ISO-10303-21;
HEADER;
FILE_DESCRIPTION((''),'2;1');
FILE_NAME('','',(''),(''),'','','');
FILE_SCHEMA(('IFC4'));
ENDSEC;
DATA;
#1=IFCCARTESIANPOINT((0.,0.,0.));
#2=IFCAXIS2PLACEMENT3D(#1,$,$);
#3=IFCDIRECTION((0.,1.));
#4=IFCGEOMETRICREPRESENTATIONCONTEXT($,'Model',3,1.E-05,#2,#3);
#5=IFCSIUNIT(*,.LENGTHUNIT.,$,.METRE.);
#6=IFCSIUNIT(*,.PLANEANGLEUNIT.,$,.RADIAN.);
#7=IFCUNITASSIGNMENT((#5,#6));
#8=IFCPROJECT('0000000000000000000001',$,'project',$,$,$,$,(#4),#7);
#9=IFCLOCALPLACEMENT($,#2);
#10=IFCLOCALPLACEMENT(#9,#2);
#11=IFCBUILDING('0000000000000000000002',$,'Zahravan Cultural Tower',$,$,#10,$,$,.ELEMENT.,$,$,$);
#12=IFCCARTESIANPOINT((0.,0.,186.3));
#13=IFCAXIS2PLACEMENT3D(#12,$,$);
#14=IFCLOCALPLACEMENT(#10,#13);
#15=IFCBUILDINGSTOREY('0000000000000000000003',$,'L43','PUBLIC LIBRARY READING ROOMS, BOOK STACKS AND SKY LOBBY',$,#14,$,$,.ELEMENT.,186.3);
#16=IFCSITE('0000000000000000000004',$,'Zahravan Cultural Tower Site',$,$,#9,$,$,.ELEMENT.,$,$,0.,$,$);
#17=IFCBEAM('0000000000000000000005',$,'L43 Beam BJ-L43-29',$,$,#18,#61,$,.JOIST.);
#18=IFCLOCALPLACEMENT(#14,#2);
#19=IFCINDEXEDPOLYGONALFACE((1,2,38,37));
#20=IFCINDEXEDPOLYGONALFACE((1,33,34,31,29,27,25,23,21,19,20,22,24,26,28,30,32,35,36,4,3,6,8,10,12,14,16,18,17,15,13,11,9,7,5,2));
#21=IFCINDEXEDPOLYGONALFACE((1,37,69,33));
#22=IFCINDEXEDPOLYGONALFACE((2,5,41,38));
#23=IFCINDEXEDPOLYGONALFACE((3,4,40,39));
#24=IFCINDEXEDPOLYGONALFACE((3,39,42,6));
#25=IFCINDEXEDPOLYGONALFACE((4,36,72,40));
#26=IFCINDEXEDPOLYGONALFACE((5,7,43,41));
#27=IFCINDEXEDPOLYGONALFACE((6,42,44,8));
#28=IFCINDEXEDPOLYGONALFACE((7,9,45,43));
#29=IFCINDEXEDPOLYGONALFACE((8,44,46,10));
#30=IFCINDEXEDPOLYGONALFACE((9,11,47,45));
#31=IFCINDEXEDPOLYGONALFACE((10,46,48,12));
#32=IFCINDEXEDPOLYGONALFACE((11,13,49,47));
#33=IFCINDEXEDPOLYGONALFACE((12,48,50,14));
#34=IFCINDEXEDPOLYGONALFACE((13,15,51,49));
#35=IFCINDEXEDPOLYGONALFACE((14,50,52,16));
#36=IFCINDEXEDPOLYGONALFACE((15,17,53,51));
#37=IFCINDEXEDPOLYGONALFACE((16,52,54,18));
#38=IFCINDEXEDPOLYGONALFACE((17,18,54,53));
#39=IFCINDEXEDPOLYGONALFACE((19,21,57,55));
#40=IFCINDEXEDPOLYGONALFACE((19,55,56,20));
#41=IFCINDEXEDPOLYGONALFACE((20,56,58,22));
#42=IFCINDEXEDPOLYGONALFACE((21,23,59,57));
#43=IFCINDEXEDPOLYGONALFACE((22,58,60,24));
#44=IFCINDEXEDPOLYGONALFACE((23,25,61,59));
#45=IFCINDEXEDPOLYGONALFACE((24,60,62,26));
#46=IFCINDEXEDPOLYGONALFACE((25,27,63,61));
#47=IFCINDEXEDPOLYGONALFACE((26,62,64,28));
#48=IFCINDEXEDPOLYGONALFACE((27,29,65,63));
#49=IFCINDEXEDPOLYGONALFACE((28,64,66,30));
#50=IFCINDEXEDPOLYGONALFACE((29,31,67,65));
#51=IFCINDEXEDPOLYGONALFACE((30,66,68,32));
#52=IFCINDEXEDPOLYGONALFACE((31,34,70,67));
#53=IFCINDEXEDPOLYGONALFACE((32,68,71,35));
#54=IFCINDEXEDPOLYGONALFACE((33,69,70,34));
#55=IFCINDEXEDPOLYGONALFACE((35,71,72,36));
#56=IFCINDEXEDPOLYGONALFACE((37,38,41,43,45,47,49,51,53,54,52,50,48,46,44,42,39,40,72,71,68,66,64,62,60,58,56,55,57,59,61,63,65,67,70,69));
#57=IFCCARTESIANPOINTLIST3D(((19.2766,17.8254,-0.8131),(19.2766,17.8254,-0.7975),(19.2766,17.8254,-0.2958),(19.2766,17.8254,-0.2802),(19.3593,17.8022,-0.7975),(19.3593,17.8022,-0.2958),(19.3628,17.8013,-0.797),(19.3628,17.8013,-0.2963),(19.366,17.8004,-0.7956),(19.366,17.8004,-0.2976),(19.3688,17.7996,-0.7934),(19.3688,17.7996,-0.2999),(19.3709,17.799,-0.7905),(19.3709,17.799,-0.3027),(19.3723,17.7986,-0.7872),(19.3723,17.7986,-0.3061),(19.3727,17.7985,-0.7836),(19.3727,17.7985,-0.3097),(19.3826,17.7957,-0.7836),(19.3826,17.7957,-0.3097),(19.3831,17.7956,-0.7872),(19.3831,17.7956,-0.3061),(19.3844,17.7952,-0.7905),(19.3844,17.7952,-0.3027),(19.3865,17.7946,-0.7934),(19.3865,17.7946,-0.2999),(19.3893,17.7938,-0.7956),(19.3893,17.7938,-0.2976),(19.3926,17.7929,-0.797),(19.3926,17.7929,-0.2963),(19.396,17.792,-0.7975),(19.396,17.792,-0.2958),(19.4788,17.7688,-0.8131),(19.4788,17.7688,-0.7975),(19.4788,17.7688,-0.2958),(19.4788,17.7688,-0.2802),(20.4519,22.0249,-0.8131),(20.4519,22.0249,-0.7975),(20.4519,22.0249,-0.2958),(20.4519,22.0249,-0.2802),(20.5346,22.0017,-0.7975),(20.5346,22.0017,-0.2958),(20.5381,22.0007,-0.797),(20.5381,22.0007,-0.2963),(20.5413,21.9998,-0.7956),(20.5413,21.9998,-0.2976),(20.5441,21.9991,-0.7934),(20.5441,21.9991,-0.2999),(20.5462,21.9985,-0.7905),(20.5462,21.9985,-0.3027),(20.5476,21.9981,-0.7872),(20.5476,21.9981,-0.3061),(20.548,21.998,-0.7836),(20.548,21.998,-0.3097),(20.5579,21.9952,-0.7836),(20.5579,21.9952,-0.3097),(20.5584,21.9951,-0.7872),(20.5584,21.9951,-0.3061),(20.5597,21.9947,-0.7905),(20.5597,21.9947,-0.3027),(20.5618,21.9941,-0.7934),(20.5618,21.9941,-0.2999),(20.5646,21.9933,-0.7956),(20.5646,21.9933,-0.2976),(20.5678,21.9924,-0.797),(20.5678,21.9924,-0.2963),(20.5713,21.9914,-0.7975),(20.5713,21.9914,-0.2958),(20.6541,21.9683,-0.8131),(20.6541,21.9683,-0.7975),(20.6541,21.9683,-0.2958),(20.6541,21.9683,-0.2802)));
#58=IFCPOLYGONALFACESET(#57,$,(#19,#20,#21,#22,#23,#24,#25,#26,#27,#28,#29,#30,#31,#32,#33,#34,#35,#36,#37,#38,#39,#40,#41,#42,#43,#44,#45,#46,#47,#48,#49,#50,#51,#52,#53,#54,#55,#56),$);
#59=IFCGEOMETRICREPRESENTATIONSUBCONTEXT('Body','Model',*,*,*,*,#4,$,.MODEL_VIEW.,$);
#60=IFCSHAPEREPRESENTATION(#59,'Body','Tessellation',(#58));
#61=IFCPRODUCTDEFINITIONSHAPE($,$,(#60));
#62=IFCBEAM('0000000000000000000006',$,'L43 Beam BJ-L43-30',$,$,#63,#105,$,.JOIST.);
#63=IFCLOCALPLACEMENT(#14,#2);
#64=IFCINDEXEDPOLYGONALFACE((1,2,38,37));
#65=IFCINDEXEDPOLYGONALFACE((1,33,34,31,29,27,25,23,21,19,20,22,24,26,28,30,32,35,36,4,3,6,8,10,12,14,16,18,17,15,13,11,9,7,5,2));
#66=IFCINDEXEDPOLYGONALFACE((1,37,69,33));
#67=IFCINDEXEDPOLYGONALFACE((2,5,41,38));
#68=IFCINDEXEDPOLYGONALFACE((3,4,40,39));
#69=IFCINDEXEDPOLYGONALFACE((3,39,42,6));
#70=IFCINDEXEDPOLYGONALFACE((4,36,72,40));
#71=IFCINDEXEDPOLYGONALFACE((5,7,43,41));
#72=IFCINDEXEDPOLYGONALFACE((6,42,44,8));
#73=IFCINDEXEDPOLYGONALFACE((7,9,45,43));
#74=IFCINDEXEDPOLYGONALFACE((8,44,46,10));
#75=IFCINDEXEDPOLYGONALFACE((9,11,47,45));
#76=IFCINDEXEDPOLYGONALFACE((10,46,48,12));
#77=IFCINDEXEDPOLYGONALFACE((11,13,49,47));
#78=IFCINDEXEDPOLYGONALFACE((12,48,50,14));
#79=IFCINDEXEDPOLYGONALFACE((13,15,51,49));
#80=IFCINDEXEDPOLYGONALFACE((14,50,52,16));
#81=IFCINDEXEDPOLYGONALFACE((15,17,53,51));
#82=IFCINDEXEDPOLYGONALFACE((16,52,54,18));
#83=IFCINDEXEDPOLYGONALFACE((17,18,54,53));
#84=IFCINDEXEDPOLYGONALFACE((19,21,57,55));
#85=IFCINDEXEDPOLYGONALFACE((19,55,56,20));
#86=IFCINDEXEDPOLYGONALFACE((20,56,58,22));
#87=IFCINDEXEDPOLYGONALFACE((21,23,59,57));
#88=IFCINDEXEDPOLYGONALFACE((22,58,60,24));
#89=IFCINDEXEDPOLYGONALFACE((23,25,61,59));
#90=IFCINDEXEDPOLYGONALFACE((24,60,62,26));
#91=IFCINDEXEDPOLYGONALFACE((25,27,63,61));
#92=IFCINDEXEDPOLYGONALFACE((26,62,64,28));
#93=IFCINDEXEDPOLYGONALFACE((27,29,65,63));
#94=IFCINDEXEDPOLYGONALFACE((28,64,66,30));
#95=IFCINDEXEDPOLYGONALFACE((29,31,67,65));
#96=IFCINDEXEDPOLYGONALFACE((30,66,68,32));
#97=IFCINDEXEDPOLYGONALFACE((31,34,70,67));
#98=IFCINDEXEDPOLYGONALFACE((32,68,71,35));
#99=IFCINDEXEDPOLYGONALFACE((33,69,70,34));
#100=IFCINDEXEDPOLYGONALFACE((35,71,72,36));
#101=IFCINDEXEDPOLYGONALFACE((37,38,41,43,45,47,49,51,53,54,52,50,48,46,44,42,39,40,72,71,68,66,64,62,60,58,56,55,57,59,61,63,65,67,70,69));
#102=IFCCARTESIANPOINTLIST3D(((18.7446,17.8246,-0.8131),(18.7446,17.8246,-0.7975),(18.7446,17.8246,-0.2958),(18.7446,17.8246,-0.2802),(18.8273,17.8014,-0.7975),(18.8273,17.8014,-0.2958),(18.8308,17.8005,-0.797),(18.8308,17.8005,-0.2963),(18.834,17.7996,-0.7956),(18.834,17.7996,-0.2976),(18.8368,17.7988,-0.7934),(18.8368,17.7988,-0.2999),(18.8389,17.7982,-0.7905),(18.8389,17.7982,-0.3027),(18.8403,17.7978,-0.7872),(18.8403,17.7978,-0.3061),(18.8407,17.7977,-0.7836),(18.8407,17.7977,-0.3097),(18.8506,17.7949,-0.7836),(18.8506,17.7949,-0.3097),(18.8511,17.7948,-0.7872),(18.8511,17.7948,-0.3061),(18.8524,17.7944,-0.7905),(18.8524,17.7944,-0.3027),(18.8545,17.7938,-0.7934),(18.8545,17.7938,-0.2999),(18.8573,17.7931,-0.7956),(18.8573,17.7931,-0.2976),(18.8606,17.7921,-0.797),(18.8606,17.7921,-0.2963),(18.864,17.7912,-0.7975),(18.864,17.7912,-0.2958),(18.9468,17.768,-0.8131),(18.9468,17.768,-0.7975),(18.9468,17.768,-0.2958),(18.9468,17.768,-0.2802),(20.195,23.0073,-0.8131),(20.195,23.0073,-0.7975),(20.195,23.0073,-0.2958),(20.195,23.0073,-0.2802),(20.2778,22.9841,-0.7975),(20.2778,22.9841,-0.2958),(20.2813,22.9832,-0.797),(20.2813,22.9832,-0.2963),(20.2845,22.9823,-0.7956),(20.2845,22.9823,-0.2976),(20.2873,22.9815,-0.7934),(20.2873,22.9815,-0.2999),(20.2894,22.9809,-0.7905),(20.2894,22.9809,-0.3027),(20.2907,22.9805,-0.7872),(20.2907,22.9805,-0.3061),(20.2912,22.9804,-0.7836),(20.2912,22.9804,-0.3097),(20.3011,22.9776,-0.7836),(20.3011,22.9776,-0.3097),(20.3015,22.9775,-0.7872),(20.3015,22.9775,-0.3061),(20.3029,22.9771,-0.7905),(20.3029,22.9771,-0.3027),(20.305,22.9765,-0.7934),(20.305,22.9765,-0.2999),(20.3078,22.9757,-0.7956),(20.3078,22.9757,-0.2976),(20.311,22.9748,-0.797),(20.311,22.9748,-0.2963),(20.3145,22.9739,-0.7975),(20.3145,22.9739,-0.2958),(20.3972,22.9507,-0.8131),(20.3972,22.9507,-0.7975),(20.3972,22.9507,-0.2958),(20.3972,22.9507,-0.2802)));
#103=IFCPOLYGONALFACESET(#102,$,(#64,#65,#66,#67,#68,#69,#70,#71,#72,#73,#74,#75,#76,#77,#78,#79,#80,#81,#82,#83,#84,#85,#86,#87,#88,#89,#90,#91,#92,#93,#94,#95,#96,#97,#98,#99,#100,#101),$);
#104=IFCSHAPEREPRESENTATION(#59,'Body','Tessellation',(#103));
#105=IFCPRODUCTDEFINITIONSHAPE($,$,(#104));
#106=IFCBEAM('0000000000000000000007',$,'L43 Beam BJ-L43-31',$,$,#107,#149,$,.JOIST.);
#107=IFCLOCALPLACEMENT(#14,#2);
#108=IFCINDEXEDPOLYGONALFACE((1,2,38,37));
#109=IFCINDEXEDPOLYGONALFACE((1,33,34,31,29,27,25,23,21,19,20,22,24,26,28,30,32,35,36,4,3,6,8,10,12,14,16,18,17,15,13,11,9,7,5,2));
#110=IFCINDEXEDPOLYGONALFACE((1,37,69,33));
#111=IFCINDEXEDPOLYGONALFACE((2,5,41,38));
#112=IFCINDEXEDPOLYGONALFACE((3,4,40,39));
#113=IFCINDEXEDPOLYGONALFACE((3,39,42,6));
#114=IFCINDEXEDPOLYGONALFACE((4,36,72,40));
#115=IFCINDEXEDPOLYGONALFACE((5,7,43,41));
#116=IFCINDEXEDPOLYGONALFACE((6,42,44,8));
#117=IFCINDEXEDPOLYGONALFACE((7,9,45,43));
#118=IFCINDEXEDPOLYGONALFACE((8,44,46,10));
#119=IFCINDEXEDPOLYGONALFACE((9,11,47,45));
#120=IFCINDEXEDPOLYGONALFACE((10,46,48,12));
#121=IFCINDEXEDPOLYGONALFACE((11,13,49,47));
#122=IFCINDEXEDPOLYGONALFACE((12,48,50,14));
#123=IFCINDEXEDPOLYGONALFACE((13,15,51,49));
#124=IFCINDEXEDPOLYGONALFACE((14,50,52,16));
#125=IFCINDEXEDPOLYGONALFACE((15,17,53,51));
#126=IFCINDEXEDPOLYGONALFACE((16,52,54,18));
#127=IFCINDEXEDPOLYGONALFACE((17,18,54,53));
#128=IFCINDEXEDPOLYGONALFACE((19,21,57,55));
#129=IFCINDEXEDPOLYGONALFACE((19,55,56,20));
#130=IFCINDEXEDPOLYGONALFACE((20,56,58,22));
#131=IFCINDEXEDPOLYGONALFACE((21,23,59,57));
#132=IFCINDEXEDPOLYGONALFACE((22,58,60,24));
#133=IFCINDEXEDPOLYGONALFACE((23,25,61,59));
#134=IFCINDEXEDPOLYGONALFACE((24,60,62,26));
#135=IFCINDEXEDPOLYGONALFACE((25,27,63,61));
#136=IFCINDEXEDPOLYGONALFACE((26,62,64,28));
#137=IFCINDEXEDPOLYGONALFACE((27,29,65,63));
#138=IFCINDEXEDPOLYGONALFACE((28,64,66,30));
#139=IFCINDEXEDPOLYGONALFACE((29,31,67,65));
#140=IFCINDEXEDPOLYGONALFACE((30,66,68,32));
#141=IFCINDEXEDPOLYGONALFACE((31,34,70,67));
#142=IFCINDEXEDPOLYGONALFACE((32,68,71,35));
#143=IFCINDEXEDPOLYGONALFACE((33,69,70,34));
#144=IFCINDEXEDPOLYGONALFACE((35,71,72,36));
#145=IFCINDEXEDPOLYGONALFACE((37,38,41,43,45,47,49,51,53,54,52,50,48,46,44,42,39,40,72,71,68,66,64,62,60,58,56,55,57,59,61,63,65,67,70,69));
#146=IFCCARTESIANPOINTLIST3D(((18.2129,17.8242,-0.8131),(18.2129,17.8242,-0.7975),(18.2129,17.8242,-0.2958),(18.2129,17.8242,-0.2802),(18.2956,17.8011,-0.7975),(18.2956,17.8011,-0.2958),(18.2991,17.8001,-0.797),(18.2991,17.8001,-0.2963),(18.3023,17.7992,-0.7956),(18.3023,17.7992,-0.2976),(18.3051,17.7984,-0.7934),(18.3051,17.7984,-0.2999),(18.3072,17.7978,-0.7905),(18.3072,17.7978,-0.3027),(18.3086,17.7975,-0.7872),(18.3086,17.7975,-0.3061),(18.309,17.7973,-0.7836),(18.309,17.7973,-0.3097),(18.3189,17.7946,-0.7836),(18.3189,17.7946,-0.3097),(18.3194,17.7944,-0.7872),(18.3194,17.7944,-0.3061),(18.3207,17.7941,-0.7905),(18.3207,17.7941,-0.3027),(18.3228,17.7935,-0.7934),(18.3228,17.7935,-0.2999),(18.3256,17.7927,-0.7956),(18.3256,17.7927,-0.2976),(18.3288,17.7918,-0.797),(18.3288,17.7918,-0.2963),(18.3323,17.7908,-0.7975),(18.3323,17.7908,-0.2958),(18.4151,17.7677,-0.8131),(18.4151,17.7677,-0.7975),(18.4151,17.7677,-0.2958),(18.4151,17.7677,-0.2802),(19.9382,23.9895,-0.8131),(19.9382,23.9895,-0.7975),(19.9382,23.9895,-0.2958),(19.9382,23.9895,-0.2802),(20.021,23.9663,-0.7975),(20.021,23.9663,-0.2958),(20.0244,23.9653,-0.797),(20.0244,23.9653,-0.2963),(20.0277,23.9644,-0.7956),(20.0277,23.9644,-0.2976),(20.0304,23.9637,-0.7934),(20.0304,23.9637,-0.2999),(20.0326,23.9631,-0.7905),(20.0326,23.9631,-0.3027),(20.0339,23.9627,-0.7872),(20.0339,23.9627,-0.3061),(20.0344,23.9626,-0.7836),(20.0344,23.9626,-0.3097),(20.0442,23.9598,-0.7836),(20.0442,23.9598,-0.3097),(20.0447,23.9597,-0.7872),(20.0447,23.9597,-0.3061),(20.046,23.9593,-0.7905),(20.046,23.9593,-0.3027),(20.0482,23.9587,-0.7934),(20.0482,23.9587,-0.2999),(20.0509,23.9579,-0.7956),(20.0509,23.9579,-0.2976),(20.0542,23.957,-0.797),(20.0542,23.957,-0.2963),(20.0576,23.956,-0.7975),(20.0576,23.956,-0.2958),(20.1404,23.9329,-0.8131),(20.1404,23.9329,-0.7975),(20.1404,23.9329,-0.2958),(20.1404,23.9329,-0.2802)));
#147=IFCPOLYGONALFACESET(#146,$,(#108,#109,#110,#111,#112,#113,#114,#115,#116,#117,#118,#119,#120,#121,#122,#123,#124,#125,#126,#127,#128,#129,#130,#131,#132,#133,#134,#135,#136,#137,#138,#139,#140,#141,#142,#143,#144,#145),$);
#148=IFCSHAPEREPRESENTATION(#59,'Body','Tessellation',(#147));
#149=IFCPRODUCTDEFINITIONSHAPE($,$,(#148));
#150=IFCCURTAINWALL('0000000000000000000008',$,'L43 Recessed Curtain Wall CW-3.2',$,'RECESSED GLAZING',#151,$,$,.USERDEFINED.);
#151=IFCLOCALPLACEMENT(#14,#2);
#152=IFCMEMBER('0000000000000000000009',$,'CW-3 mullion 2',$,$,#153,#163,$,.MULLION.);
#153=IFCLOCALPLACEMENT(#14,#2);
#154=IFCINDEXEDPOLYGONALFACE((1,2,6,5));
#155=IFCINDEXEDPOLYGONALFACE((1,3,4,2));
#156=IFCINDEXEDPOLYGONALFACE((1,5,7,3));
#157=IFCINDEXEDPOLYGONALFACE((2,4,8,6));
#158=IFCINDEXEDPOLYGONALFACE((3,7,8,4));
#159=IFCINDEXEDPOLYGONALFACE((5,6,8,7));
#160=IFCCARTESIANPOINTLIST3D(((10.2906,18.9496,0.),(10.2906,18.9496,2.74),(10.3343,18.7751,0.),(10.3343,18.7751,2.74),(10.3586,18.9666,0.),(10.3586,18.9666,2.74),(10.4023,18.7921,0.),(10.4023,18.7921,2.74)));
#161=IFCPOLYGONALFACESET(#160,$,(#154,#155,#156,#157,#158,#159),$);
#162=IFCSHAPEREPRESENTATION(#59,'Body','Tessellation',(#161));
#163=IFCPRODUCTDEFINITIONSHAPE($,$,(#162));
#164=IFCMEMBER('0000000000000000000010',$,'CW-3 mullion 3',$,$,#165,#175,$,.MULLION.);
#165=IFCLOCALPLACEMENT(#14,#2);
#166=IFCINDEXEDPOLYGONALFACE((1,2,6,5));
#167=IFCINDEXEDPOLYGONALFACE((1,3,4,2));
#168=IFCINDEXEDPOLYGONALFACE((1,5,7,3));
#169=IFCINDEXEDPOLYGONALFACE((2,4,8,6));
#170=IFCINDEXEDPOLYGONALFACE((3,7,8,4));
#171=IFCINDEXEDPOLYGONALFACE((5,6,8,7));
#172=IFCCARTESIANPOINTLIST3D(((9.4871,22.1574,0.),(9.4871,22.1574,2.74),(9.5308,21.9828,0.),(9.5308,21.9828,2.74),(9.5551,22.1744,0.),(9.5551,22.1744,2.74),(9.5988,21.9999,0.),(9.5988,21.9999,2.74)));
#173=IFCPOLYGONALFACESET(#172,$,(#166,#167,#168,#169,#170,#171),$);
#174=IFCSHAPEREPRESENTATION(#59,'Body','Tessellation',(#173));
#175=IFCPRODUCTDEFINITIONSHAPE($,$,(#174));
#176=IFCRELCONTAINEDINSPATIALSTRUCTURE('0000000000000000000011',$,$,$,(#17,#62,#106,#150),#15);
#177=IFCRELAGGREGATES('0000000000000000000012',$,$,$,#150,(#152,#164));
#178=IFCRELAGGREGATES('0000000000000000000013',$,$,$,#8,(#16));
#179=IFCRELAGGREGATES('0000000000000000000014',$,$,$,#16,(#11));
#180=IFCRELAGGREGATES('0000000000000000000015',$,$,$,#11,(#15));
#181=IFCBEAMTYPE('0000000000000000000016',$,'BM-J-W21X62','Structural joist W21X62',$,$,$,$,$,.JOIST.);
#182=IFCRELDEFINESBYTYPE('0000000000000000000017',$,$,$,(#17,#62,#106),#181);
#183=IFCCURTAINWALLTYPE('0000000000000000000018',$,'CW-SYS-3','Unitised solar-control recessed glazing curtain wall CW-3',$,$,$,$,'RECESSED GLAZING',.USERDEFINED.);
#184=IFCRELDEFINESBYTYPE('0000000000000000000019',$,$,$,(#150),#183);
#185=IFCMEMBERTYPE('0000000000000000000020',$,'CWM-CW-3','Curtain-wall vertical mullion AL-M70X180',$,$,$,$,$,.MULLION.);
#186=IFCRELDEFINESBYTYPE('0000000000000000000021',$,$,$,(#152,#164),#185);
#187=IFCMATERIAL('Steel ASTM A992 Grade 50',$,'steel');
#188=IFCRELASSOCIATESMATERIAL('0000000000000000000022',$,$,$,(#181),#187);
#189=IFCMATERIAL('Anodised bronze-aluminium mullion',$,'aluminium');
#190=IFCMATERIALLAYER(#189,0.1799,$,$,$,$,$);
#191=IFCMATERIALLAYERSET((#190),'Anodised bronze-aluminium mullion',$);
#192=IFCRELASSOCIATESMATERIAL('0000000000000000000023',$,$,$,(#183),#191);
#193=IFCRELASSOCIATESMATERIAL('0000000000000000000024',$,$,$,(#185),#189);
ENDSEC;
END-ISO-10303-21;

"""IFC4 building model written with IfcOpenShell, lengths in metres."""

from ifc_helpers import new_model, si_unit, direction, frame, origin, origin_2d, place, context, subcontext, project, spatial, rectangle, i_section, extrude, source, transform, mapped, material, layer, layer_set, material_profile, profile_set, type_object, element, aggregate, save


model = new_model("IFC4")

# Units and contexts
model_context = context("Model", 3, precision=1e-05, world=origin(), true_north=direction((0.0, 1.0)))
body_context = subcontext(model_context, "Body", "Model", "MODEL_VIEW")
ifc_project = project(units=[si_unit("LENGTHUNIT", "METRE"), si_unit("PLANEANGLEUNIT", "RADIAN")], contexts=[model_context])

# Site, building, storey
site_placement = place(None, origin())
site = spatial("IfcSite", under=ifc_project, at=site_placement, Name="Zahravan Cultural Tower Site", CompositionType="ELEMENT", RefElevation=0.0)
building_placement = place(site_placement, origin())
building = spatial("IfcBuilding", under=site, at=building_placement, Name="Zahravan Cultural Tower", CompositionType="ELEMENT")
storey_placement = place(building_placement, frame((0.0, 0.0, 186.3)))
storey = spatial("IfcBuildingStorey", under=building, at=storey_placement, Name="L43", Description="PUBLIC LIBRARY READING ROOMS, BOOK STACKS AND SKY LOBBY", CompositionType="ELEMENT", Elevation=186.3)

# Shared definitions
ifc_material_1 = material(Name="Steel ASTM A992 Grade 50", Category="steel")

# Beams
ifc_material_profile_1 = material_profile(ifc_material_1, i_section(OverallWidth=0.21, OverallDepth=0.533, WebThickness=0.0103, FlangeThickness=0.0156, FilletRadius=0.0139, at=origin_2d()), Name="W21X62")
ifc_profile_set_1 = profile_set([ifc_material_profile_1], Name="Steel ASTM A992 Grade 50")
beam_type = type_object("IfcBeamType", Name="BM-J-W21X62", Description="Structural joist W21X62", PredefinedType="JOIST", material=ifc_profile_set_1)
shared_shape_1 = source(origin(), body_context, "Body", "SweptSolid", [
    extrude(i_section(OverallWidth=0.21, OverallDepth=0.533, WebThickness=0.0103, FlangeThickness=0.0156, FilletRadius=0.0139, at=origin_2d()), origin(), (0.0, 0.0, 1.0), 4.3608),
])
beam_1_placement = place(storey_placement, frame((20.553, 21.9966, -0.5466), z_axis=(-0.269512, -0.962997, 0.0), x_axis=(0.962997, -0.269512, 0.0)))
element("IfcBeam", 1, at=beam_1_placement, inside=storey, type_object=beam_type, Name="L43 Beam BJ-L43-29", PredefinedType="JOIST", context=body_context, shape_type="MappedRepresentation", body=[
    mapped(shared_shape_1, transform((0.0, 0.0, 0.0), x_axis=(1.0, 0.0, 0.0), y_axis=(0.0, 1.0, 0.0), z_axis=(0.0, 0.0, 1.0), scale=1.0)),
])
shared_shape_2 = source(origin(), body_context, "Body", "SweptSolid", [
    extrude(i_section(OverallWidth=0.21, OverallDepth=0.533, WebThickness=0.0103, FlangeThickness=0.0156, FilletRadius=0.0139, at=origin_2d()), origin(), (0.0, 0.0, 1.0), 5.3818),
])
beam_2_placement = place(storey_placement, frame((20.2961, 22.979, -0.5466), z_axis=(-0.26951, -0.962997, 0.0), x_axis=(0.962997, -0.26951, 0.0)))
element("IfcBeam", 2, at=beam_2_placement, inside=storey, type_object=beam_type, Name="L43 Beam BJ-L43-30", PredefinedType="JOIST", context=body_context, shape_type="MappedRepresentation", body=[
    mapped(shared_shape_2, transform((0.0, 0.0, 0.0), x_axis=(1.0, 0.0, 0.0), y_axis=(0.0, 1.0, 0.0), z_axis=(0.0, 0.0, 1.0), scale=1.0)),
])
shared_shape_3 = source(origin(), body_context, "Body", "SweptSolid", [
    extrude(i_section(OverallWidth=0.21, OverallDepth=0.533, WebThickness=0.0103, FlangeThickness=0.0156, FilletRadius=0.0139, at=origin_2d()), origin(), (0.0, 0.0, 1.0), 6.4021),
])
beam_3_placement = place(storey_placement, frame((20.0393, 23.9612, -0.5466), z_axis=(-0.269494, -0.963002, 0.0), x_axis=(0.963002, -0.269494, 0.0)))
element("IfcBeam", 3, at=beam_3_placement, inside=storey, type_object=beam_type, Name="L43 Beam BJ-L43-31", PredefinedType="JOIST", context=body_context, shape_type="MappedRepresentation", body=[
    mapped(shared_shape_3, transform((0.0, 0.0, 0.0), x_axis=(1.0, 0.0, 0.0), y_axis=(0.0, 1.0, 0.0), z_axis=(0.0, 0.0, 1.0), scale=1.0)),
])

# Curtain wall, members
ifc_material_2 = material(Name="Anodised bronze-aluminium mullion", Category="aluminium")
ifc_layer_1 = layer(ifc_material_2, 0.1799)
ifc_layer_set_1 = layer_set([ifc_layer_1], Name="Anodised bronze-aluminium mullion")
curtain_wall_type = type_object("IfcCurtainWallType", Name="CW-SYS-3", Description="Unitised solar-control recessed glazing curtain wall CW-3", ElementType="RECESSED GLAZING", PredefinedType="USERDEFINED", material=ifc_layer_set_1)
curtain_wall_placement = place(storey_placement, origin())
curtain_wall = element("IfcCurtainWall", 4, at=curtain_wall_placement, inside=storey, type_object=curtain_wall_type, Name="L43 Recessed Curtain Wall CW-3.2", ObjectType="RECESSED GLAZING", PredefinedType="USERDEFINED")
ifc_material_profile_2 = material_profile(ifc_material_2, rectangle(XDim=0.0701, YDim=0.1799, at=origin_2d()), Name="AL-M70X180")
ifc_profile_set_2 = profile_set([ifc_material_profile_2], Name="Anodised bronze-aluminium mullion")
member_type_1 = type_object("IfcMemberType", Name="CWM-CW-3", Description="Curtain-wall vertical mullion AL-M70X180", PredefinedType="MULLION", material=ifc_profile_set_2)
shared_shape_4 = source(origin(), body_context, "Body", "SweptSolid", [
    extrude(rectangle(XDim=0.0701, YDim=0.1799, at=origin_2d()), origin(), (0.0, 0.0, 1.0), 2.74),
])
member_1_placement = place(storey_placement, frame((10.3464, 18.8708, 0.0), z_axis=(0.0, 0.0, 1.0), x_axis=(-0.97004, -0.242944, 0.0)))
member_1 = element("IfcMember", 5, at=member_1_placement, type_object=member_type_1, Name="CW-3 mullion 2", PredefinedType="MULLION", context=body_context, shape_type="MappedRepresentation", body=[
    mapped(shared_shape_4, transform((0.0, 0.0, 0.0), x_axis=(1.0, 0.0, 0.0), y_axis=(0.0, 1.0, 0.0), z_axis=(0.0, 0.0, 1.0), scale=1.0)),
])
member_2_placement = place(storey_placement, frame((9.543, 22.0786, 0.0), z_axis=(0.0, 0.0, 1.0), x_axis=(-0.97004, -0.242944, 0.0)))
member_2 = element("IfcMember", 6, at=member_2_placement, type_object=member_type_1, Name="CW-3 mullion 3", PredefinedType="MULLION", context=body_context, shape_type="MappedRepresentation", body=[
    mapped(shared_shape_4, transform((0.0, 0.0, 0.0), x_axis=(1.0, 0.0, 0.0), y_axis=(0.0, 1.0, 0.0), z_axis=(0.0, 0.0, 1.0), scale=1.0)),
])
aggregate(curtain_wall, [member_1, member_2])

save(model, "model.ifc")
